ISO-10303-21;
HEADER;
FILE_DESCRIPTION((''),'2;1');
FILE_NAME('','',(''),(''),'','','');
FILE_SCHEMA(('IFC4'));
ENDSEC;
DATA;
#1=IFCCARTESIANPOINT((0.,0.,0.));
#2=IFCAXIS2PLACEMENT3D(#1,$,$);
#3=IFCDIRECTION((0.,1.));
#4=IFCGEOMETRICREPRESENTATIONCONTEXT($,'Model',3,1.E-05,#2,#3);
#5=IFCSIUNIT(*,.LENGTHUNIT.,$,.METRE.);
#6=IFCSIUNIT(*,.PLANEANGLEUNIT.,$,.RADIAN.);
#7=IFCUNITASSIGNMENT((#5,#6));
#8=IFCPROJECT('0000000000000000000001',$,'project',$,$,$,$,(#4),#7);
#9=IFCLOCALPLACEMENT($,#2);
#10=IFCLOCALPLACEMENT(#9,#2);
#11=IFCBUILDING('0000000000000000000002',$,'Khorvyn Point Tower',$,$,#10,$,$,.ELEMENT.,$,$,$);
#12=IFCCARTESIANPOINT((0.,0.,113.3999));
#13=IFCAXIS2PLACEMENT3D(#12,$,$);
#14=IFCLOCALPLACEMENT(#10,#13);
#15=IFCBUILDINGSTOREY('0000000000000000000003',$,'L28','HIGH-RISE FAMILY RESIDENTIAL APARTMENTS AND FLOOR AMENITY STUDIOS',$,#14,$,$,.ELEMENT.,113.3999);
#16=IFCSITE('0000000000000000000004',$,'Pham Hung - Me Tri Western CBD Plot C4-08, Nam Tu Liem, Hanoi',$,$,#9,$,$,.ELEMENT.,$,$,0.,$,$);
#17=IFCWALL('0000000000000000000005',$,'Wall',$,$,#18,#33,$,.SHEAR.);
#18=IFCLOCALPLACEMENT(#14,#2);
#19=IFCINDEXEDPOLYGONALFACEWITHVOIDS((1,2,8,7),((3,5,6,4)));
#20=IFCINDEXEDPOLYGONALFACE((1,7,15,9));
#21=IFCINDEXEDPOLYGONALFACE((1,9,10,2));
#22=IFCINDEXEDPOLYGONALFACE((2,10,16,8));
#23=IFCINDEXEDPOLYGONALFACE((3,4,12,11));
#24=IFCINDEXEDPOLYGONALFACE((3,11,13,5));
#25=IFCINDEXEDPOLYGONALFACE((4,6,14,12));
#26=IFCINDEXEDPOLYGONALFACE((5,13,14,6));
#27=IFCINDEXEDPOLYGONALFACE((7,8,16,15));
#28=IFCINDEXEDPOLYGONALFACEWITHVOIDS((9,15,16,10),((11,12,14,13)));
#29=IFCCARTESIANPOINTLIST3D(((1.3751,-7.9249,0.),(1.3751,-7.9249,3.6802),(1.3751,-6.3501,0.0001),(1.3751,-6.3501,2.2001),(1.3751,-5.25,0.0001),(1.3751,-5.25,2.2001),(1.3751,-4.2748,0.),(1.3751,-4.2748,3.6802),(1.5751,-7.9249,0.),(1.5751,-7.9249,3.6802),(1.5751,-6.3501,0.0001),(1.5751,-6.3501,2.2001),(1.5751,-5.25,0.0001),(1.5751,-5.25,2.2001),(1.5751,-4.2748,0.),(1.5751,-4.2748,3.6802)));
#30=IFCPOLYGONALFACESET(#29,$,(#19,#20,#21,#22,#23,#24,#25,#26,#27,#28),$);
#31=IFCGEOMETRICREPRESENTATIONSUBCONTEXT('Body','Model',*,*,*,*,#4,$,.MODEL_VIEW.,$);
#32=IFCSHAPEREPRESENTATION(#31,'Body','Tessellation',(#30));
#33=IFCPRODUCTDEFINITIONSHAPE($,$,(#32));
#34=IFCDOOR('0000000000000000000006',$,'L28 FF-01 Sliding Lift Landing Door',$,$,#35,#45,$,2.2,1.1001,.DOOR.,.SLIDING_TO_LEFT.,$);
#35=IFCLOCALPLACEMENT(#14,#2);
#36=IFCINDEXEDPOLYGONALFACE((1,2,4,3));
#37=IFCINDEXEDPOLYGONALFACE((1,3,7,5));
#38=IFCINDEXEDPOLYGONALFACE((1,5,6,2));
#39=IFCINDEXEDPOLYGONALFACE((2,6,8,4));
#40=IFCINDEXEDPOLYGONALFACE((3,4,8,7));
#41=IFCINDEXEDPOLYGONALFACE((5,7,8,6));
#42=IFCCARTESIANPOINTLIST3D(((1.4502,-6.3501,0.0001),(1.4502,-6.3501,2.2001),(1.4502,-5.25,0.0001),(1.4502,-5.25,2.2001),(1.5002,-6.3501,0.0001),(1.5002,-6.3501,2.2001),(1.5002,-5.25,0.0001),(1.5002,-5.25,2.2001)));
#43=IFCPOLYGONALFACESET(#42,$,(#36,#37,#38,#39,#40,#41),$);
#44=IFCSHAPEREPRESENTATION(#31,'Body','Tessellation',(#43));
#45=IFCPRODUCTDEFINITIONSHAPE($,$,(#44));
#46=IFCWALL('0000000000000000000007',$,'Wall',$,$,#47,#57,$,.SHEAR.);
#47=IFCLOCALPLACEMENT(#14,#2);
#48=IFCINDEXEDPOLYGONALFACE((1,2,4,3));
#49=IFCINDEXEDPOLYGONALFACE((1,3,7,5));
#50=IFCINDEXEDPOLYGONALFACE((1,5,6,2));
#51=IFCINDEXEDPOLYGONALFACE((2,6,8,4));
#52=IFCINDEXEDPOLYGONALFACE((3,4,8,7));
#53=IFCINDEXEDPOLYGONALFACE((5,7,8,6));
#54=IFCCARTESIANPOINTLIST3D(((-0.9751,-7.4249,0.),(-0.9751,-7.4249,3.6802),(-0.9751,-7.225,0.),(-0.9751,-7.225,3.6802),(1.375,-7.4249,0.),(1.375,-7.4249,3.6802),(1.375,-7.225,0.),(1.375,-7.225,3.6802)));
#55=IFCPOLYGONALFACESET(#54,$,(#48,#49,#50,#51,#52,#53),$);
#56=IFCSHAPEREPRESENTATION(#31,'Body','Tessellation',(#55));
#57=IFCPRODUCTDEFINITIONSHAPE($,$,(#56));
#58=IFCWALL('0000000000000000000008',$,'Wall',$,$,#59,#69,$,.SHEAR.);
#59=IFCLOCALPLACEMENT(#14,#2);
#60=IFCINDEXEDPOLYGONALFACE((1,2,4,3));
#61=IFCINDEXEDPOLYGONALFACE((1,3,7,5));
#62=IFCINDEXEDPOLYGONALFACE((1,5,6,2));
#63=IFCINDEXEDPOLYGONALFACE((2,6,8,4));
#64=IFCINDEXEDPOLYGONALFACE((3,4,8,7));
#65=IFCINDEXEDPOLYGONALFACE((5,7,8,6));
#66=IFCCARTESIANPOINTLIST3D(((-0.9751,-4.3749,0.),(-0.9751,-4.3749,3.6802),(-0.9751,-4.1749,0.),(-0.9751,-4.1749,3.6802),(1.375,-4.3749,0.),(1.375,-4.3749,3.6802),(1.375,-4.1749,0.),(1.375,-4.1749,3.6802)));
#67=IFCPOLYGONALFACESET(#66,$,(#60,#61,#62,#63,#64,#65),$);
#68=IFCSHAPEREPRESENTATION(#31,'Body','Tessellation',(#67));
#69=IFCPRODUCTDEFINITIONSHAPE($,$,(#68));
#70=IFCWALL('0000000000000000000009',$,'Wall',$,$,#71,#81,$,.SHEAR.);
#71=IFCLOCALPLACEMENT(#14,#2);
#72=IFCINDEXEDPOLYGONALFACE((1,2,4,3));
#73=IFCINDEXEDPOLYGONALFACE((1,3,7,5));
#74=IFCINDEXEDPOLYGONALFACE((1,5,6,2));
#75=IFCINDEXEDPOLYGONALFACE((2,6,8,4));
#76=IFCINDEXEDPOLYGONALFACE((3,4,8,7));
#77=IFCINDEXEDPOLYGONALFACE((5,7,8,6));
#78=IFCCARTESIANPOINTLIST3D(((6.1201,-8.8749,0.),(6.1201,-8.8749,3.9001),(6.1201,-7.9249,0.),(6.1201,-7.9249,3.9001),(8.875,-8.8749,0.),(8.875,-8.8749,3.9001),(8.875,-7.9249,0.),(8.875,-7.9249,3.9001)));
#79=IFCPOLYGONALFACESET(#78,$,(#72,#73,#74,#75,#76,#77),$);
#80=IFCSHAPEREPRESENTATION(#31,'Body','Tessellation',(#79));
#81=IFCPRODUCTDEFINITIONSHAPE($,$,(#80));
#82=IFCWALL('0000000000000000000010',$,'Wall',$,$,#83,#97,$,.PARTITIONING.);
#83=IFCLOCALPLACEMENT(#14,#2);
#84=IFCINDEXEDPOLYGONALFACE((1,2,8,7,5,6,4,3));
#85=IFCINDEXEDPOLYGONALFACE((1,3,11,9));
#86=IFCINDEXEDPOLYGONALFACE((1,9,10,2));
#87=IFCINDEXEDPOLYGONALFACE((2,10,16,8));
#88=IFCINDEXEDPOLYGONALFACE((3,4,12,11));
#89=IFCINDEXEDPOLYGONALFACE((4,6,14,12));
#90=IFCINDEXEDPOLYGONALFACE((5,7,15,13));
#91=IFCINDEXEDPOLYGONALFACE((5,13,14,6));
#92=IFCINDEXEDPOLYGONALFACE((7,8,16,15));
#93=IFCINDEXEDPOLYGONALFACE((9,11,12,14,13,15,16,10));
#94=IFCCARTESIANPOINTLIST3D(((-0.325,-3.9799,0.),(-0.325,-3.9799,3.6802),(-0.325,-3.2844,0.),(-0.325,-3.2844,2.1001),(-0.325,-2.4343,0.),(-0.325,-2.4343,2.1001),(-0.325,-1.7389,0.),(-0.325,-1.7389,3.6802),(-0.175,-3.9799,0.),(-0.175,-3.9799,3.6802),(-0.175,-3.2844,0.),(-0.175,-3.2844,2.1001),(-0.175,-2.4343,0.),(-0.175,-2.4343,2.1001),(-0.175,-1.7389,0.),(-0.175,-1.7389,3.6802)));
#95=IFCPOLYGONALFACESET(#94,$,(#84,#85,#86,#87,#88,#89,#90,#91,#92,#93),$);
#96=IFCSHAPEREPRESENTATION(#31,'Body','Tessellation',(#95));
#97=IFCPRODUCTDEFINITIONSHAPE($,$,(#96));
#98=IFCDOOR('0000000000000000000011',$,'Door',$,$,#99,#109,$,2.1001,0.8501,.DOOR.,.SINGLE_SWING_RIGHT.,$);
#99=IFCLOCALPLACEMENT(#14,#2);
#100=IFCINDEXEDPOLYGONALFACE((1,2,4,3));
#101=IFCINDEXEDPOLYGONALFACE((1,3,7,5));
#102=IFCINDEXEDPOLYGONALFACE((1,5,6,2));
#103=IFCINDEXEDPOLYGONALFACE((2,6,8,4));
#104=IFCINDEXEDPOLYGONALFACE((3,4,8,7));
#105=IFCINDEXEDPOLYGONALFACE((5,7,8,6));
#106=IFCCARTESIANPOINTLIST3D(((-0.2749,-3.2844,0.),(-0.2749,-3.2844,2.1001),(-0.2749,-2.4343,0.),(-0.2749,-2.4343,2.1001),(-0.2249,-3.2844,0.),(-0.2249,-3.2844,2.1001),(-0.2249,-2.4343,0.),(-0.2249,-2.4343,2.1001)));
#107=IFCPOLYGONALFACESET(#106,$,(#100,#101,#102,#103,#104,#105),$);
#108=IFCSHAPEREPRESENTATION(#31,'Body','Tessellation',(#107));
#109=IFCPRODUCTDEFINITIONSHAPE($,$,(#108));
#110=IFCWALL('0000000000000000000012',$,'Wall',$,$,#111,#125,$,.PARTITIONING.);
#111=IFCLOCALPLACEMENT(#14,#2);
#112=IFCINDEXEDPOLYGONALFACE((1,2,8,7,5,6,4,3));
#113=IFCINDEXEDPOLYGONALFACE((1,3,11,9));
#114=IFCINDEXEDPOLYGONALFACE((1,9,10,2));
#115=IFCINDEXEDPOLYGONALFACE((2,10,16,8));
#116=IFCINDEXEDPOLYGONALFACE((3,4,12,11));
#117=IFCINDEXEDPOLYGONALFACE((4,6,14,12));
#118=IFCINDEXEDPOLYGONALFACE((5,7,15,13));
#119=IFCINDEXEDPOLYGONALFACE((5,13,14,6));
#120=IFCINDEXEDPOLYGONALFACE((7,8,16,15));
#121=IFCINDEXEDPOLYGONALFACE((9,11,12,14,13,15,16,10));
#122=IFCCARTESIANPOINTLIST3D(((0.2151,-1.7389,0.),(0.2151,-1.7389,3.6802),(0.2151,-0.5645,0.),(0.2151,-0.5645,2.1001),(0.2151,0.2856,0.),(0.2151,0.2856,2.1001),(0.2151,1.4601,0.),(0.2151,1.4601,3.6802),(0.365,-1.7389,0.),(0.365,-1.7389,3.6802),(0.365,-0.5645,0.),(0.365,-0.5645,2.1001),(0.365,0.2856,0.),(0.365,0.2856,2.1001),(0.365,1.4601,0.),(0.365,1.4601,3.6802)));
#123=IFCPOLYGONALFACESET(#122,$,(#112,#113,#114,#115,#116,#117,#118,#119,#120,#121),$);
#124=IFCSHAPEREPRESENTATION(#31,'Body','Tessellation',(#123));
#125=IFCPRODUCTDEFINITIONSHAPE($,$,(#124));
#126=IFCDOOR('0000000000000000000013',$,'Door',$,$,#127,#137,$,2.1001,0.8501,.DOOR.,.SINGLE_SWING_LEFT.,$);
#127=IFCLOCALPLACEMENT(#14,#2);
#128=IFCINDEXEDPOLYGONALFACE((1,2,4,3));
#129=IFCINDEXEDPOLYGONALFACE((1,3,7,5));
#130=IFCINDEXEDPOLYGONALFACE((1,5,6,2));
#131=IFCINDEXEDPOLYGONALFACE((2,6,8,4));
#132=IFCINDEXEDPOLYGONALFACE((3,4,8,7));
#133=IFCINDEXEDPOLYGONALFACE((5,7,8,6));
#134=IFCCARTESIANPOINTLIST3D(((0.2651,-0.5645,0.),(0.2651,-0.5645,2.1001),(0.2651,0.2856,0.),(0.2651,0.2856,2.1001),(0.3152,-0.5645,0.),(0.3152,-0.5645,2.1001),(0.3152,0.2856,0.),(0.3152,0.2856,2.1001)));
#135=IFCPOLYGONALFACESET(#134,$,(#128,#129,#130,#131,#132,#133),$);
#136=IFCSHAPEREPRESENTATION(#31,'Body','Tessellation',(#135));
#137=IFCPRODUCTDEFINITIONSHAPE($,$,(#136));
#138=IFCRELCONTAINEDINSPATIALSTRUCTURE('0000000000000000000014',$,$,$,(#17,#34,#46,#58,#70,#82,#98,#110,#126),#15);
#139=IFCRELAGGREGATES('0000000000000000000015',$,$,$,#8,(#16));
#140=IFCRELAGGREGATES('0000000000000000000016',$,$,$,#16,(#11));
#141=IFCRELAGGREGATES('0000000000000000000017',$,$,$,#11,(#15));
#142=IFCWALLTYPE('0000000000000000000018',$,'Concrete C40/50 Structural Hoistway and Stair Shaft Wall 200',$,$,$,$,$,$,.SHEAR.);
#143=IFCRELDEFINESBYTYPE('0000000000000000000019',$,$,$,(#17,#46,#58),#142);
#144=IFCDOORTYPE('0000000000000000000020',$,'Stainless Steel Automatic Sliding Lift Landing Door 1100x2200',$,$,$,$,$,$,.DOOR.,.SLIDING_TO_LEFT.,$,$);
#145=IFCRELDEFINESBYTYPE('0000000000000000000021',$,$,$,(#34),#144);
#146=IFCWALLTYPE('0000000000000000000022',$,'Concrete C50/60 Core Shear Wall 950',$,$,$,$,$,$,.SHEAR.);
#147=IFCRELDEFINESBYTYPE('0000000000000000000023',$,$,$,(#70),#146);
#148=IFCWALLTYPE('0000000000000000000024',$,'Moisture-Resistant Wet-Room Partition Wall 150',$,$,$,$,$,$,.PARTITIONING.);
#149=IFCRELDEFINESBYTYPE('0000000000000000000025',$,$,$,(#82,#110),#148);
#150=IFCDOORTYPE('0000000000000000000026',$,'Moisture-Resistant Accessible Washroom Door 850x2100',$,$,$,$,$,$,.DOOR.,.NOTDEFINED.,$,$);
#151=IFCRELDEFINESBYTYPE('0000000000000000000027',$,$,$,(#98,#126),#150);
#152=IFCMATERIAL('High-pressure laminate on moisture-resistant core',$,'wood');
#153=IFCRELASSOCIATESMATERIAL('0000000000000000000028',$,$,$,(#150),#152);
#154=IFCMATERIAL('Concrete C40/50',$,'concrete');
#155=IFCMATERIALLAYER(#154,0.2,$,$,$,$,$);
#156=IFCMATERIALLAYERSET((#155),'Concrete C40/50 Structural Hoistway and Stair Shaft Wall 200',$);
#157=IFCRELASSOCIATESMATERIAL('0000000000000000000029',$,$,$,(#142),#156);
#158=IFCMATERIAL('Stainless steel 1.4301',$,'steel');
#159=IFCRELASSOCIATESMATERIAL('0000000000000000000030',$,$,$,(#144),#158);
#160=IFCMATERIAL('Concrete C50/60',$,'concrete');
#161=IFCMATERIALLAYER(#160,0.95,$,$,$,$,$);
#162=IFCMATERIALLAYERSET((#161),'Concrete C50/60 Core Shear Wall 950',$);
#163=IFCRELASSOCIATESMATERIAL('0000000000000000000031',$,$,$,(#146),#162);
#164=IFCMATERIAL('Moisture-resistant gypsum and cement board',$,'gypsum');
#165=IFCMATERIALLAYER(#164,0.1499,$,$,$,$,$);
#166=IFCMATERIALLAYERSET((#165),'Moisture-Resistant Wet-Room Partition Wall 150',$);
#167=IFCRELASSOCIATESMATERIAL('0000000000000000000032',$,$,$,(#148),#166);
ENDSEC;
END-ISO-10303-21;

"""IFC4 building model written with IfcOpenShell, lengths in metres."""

from ifc_helpers import new_model, si_unit, direction, frame, frame_2d, origin, place, context, subcontext, project, spatial, rectangle, extrude, material, layer, layer_set, type_object, element, fill, save


model = new_model("IFC4")

# Units and contexts
model_context = context("Model", 3, precision=1e-05, world=origin(), true_north=direction((0.0, 1.0)))
body_context = subcontext(model_context, "Body", "Model", "MODEL_VIEW")
ifc_project = project(units=[si_unit("LENGTHUNIT", "METRE"), si_unit("PLANEANGLEUNIT", "RADIAN")], contexts=[model_context])

# Site, building, storey
site_placement = place(None, origin())
site = spatial("IfcSite", under=ifc_project, at=site_placement, Name="Pham Hung - Me Tri Western CBD Plot C4-08, Nam Tu Liem, Hanoi", CompositionType="ELEMENT", RefElevation=0.0)
building_placement = place(site_placement, origin())
building = spatial("IfcBuilding", under=site, at=building_placement, Name="Khorvyn Point Tower", CompositionType="ELEMENT")
storey_placement = place(building_placement, frame((0.0, 0.0, 113.3999)))
storey = spatial("IfcBuildingStorey", under=building, at=storey_placement, Name="L28", Description="HIGH-RISE FAMILY RESIDENTIAL APARTMENTS AND FLOOR AMENITY STUDIOS", CompositionType="ELEMENT", Elevation=113.3999)

# Shared definitions
ifc_material_1 = material(Name="Concrete C40/50", Category="concrete")

# Shared definitions
ifc_material_2 = material(Name="High-pressure laminate on moisture-resistant core", Category="wood")
door_type_1 = type_object("IfcDoorType", Name="Moisture-Resistant Accessible Washroom Door 850x2100", OperationType="NOTDEFINED", PredefinedType="DOOR", material=ifc_material_2)

# Shared definitions
ifc_layer_1 = layer(ifc_material_1, 0.2)
ifc_layer_set_1 = layer_set([ifc_layer_1], Name="Concrete C40/50 Structural Hoistway and Stair Shaft Wall 200")
wall_type_1 = type_object("IfcWallType", Name="Concrete C40/50 Structural Hoistway and Stair Shaft Wall 200", PredefinedType="SHEAR", material=ifc_layer_set_1)

# Shared definitions
ifc_material_3 = material(Name="Stainless steel 1.4301", Category="steel")
door_type_2 = type_object("IfcDoorType", Name="Stainless Steel Automatic Sliding Lift Landing Door 1100x2200", OperationType="SLIDING_TO_LEFT", PredefinedType="DOOR", material=ifc_material_3)

# Wall, opening, door
wall_1_placement = place(storey_placement, frame((1.4751, -7.925, 0.0), z_axis=(0.0, 0.0, 1.0), x_axis=(0.0, 1.0, 0.0)))
wall_1 = element("IfcWall", 1, at=wall_1_placement, inside=storey, type_object=wall_type_1, Name="Wall", PredefinedType="SHEAR", context=body_context, shape_type="SweptSolid", body=[
    extrude(rectangle(XDim=3.6501, YDim=0.2, at=frame_2d((1.8252, 0.0))), origin(), (0.0, 0.0, 1.0), 3.6802),
])
opening_1_placement = place(wall_1_placement, frame((1.575, 0.0, 0.0)))
opening_1 = element("IfcOpeningElement", 2, at=opening_1_placement, cuts=wall_1, PredefinedType="OPENING", context=body_context, shape_type="SweptSolid", body=[
    extrude(rectangle(XDim=1.1001, YDim=2.2, at=frame_2d((0.55, 1.1001))), frame((0.0, 0.1099, 0.0), z_axis=(0.0, -1.0, 0.0), x_axis=(1.0, 0.0, 0.0)), (0.0, 0.0, 1.0), 0.22),
])
door_1_placement = place(opening_1_placement, origin())
door_1 = element("IfcDoor", 3, at=door_1_placement, inside=storey, type_object=door_type_2, Name="L28 FF-01 Sliding Lift Landing Door", OperationType="SLIDING_TO_LEFT", OverallHeight=2.2, OverallWidth=1.1001, PredefinedType="DOOR", context=body_context, shape_type="SweptSolid", body=[
    extrude(rectangle(XDim=1.1001, YDim=2.2, at=frame_2d((0.55, 1.1001))), frame((0.0, 0.0249, 0.0), z_axis=(0.0, -1.0, 0.0), x_axis=(1.0, 0.0, 0.0)), (0.0, 0.0, 1.0), 0.05),
])
fill(opening_1, door_1)

# Walls
for number, where, z_axis, x_axis, name in (
    (4, (-0.9751, -7.325, 0.0), (0.0, 0.0, 1.0), (1.0, 0.0, 0.0), "Wall"),
    (5, (-0.9751, -4.2749, 0.0), (0.0, 0.0, 1.0), (1.0, 0.0, 0.0), "Wall"),
):
    element("IfcWall", number, at=place(storey_placement, frame(where, z_axis=z_axis, x_axis=x_axis)), inside=storey, type_object=wall_type_1, Name=name, PredefinedType="SHEAR", context=body_context, shape_type="SweptSolid", body=[
        extrude(rectangle(XDim=2.3501, YDim=0.2, at=frame_2d((1.175, 0.0))), origin(), (0.0, 0.0, 1.0), 3.6802),
    ])
ifc_material_4 = material(Name="Concrete C50/60", Category="concrete")
ifc_layer_2 = layer(ifc_material_4, 0.95)
ifc_layer_set_2 = layer_set([ifc_layer_2], Name="Concrete C50/60 Core Shear Wall 950")
wall_type_2 = type_object("IfcWallType", Name="Concrete C50/60 Core Shear Wall 950", PredefinedType="SHEAR", material=ifc_layer_set_2)
wall_2_placement = place(storey_placement, frame((6.1201, -8.3999, 0.0), z_axis=(0.0, 0.0, 1.0), x_axis=(1.0, 0.0, 0.0)))
element("IfcWall", 6, at=wall_2_placement, inside=storey, type_object=wall_type_2, Name="Wall", PredefinedType="SHEAR", context=body_context, shape_type="SweptSolid", body=[
    extrude(rectangle(XDim=2.7549, YDim=0.95, at=frame_2d((1.3774, 0.0))), origin(), (0.0, 0.0, 1.0), 3.9001),
])

# Walls, openings, doors
ifc_material_5 = material(Name="Moisture-resistant gypsum and cement board", Category="gypsum")
ifc_layer_3 = layer(ifc_material_5, 0.1499)
ifc_layer_set_3 = layer_set([ifc_layer_3], Name="Moisture-Resistant Wet-Room Partition Wall 150")
wall_type_3 = type_object("IfcWallType", Name="Moisture-Resistant Wet-Room Partition Wall 150", PredefinedType="PARTITIONING", material=ifc_layer_set_3)
wall_3_placement = place(storey_placement, frame((-0.25, -3.98, 0.0), z_axis=(0.0, 0.0, 1.0), x_axis=(0.0, 1.0, 0.0)))
wall_3 = element("IfcWall", 7, at=wall_3_placement, inside=storey, type_object=wall_type_3, Name="Wall", PredefinedType="PARTITIONING", context=body_context, shape_type="SweptSolid", body=[
    extrude(rectangle(XDim=2.241, YDim=0.1499, at=frame_2d((1.1206, 0.0))), origin(), (0.0, 0.0, 1.0), 3.6802),
])
opening_2_placement = place(wall_3_placement, frame((0.6956, 0.0, 0.0)))
opening_2 = element("IfcOpeningElement", 8, at=opening_2_placement, cuts=wall_3, PredefinedType="OPENING", context=body_context, shape_type="SweptSolid", body=[
    extrude(rectangle(XDim=0.8501, YDim=2.1001, at=frame_2d((0.425, 1.05))), frame((0.0, 0.085, 0.0), z_axis=(0.0, -1.0, 0.0), x_axis=(1.0, 0.0, 0.0)), (0.0, 0.0, 1.0), 0.1699),
])
door_2_placement = place(opening_2_placement, origin())
door_2 = element("IfcDoor", 9, at=door_2_placement, inside=storey, type_object=door_type_1, Name="Door", OperationType="SINGLE_SWING_RIGHT", OverallHeight=2.1001, OverallWidth=0.8501, PredefinedType="DOOR", context=body_context, shape_type="SweptSolid", body=[
    extrude(rectangle(XDim=0.8501, YDim=2.1001, at=frame_2d((0.425, 1.05))), frame((0.0, 0.0249, 0.0), z_axis=(0.0, -1.0, 0.0), x_axis=(1.0, 0.0, 0.0)), (0.0, 0.0, 1.0), 0.05),
])
fill(opening_2, door_2)
wall_4_placement = place(storey_placement, frame((0.29, -1.739, 0.0), z_axis=(0.0, 0.0, 1.0), x_axis=(0.0, 1.0, 0.0)))
wall_4 = element("IfcWall", 10, at=wall_4_placement, inside=storey, type_object=wall_type_3, Name="Wall", PredefinedType="PARTITIONING", context=body_context, shape_type="SweptSolid", body=[
    extrude(rectangle(XDim=3.199, YDim=0.1499, at=frame_2d((1.5996, 0.0))), origin(), (0.0, 0.0, 1.0), 3.6802),
])
opening_3_placement = place(wall_4_placement, frame((1.1746, 0.0, 0.0)))
opening_3 = element("IfcOpeningElement", 11, at=opening_3_placement, cuts=wall_4, PredefinedType="OPENING", context=body_context, shape_type="SweptSolid", body=[
    extrude(rectangle(XDim=0.8501, YDim=2.1001, at=frame_2d((0.425, 1.05))), frame((0.0, 0.085, 0.0), z_axis=(0.0, -1.0, 0.0), x_axis=(1.0, 0.0, 0.0)), (0.0, 0.0, 1.0), 0.1699),
])
door_3_placement = place(opening_3_placement, origin())
door_3 = element("IfcDoor", 12, at=door_3_placement, inside=storey, type_object=door_type_1, Name="Door", OperationType="SINGLE_SWING_LEFT", OverallHeight=2.1001, OverallWidth=0.8501, PredefinedType="DOOR", context=body_context, shape_type="SweptSolid", body=[
    extrude(rectangle(XDim=0.8501, YDim=2.1001, at=frame_2d((0.425, 1.05))), frame((0.0, 0.0249, 0.0), z_axis=(0.0, -1.0, 0.0), x_axis=(1.0, 0.0, 0.0)), (0.0, 0.0, 1.0), 0.05),
])
fill(opening_3, door_3)

save(model, "model.ifc")
